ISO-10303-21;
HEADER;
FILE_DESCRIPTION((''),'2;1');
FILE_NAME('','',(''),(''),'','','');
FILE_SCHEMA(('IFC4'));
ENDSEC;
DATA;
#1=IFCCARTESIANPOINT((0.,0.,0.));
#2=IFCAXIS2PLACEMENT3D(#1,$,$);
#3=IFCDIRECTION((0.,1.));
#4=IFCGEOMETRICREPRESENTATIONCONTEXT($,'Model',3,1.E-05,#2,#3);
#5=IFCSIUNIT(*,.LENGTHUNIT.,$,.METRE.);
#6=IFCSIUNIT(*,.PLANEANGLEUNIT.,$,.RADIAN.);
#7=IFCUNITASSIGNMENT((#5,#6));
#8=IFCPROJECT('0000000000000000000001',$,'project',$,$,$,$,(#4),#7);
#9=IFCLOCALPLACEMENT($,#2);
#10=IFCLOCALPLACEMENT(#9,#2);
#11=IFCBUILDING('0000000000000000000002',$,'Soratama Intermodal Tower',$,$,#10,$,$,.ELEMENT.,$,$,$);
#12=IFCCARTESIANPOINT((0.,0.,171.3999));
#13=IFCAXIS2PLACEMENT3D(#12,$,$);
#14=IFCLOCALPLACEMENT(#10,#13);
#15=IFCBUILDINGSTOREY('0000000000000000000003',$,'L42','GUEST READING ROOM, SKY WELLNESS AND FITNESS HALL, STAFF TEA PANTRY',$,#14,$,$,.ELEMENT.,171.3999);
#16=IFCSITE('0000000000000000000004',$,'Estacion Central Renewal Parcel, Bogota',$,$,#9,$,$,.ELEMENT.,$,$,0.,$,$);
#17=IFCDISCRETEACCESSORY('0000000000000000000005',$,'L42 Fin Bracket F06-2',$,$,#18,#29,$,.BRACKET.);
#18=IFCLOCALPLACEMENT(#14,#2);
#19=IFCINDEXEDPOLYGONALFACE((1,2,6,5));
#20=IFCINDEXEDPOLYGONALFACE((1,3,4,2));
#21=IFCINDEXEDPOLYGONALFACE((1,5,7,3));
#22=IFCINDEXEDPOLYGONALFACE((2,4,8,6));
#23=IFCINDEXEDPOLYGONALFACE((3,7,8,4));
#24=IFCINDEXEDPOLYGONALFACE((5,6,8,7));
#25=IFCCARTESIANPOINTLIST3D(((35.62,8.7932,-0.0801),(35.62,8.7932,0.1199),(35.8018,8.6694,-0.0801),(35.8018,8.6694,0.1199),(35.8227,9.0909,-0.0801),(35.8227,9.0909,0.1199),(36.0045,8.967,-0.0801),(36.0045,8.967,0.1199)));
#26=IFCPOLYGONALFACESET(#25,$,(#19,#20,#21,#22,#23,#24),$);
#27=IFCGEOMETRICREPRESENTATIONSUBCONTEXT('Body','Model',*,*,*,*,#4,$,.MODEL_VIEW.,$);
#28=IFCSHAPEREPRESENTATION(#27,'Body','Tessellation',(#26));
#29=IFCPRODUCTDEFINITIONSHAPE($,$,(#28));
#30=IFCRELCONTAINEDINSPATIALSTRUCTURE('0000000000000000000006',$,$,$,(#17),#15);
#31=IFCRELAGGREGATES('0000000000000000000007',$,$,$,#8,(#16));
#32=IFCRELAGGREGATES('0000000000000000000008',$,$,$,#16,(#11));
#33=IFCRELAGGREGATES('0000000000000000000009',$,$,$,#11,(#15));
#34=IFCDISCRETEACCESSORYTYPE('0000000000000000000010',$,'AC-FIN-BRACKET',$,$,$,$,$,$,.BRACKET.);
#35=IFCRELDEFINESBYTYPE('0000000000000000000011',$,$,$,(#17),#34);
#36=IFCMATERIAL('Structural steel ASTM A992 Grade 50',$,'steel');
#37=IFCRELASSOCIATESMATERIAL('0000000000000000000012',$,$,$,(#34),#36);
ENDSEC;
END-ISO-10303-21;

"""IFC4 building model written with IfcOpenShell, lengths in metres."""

from ifc_helpers import new_model, si_unit, direction, frame, origin, origin_2d, place, context, subcontext, project, spatial, rectangle, extrude, material, type_object, element, save


model = new_model("IFC4")

# Units and contexts
model_context = context("Model", 3, precision=1e-05, world=origin(), true_north=direction((0.0, 1.0)))
body_context = subcontext(model_context, "Body", "Model", "MODEL_VIEW")
ifc_project = project(units=[si_unit("LENGTHUNIT", "METRE"), si_unit("PLANEANGLEUNIT", "RADIAN")], contexts=[model_context])

# Site, building, storey
site_placement = place(None, origin())
site = spatial("IfcSite", under=ifc_project, at=site_placement, Name="Estacion Central Renewal Parcel, Bogota", CompositionType="ELEMENT", RefElevation=0.0)
building_placement = place(site_placement, origin())
building = spatial("IfcBuilding", under=site, at=building_placement, Name="Soratama Intermodal Tower", CompositionType="ELEMENT")
storey_placement = place(building_placement, frame((0.0, 0.0, 171.3999)))
storey = spatial("IfcBuildingStorey", under=building, at=storey_placement, Name="L42", Description="GUEST READING ROOM, SKY WELLNESS AND FITNESS HALL, STAFF TEA PANTRY", CompositionType="ELEMENT", Elevation=171.3999)

# Discrete accessory
ifc_material_1 = material(Name="Structural steel ASTM A992 Grade 50", Category="steel")
discrete_accessory_type = type_object("IfcDiscreteAccessoryType", Name="AC-FIN-BRACKET", PredefinedType="BRACKET", material=ifc_material_1)
for number, where, z_axis, x_axis, name in (
    (1, (35.8123, 8.8801, -0.0801), (0.0, 0.0, 1.0), (-0.562949, -0.826492, 0.0), "L42 Fin Bracket F06-2"),
):
    element("IfcDiscreteAccessory", number, at=place(storey_placement, frame(where, z_axis=z_axis, x_axis=x_axis)), inside=storey, type_object=discrete_accessory_type, Name=name, PredefinedType="BRACKET", context=body_context, shape_type="SweptSolid", body=[
        extrude(rectangle(XDim=0.3601, YDim=0.22, at=origin_2d()), origin(), (0.0, 0.0, 1.0), 0.2),
    ])

save(model, "model.ifc")
